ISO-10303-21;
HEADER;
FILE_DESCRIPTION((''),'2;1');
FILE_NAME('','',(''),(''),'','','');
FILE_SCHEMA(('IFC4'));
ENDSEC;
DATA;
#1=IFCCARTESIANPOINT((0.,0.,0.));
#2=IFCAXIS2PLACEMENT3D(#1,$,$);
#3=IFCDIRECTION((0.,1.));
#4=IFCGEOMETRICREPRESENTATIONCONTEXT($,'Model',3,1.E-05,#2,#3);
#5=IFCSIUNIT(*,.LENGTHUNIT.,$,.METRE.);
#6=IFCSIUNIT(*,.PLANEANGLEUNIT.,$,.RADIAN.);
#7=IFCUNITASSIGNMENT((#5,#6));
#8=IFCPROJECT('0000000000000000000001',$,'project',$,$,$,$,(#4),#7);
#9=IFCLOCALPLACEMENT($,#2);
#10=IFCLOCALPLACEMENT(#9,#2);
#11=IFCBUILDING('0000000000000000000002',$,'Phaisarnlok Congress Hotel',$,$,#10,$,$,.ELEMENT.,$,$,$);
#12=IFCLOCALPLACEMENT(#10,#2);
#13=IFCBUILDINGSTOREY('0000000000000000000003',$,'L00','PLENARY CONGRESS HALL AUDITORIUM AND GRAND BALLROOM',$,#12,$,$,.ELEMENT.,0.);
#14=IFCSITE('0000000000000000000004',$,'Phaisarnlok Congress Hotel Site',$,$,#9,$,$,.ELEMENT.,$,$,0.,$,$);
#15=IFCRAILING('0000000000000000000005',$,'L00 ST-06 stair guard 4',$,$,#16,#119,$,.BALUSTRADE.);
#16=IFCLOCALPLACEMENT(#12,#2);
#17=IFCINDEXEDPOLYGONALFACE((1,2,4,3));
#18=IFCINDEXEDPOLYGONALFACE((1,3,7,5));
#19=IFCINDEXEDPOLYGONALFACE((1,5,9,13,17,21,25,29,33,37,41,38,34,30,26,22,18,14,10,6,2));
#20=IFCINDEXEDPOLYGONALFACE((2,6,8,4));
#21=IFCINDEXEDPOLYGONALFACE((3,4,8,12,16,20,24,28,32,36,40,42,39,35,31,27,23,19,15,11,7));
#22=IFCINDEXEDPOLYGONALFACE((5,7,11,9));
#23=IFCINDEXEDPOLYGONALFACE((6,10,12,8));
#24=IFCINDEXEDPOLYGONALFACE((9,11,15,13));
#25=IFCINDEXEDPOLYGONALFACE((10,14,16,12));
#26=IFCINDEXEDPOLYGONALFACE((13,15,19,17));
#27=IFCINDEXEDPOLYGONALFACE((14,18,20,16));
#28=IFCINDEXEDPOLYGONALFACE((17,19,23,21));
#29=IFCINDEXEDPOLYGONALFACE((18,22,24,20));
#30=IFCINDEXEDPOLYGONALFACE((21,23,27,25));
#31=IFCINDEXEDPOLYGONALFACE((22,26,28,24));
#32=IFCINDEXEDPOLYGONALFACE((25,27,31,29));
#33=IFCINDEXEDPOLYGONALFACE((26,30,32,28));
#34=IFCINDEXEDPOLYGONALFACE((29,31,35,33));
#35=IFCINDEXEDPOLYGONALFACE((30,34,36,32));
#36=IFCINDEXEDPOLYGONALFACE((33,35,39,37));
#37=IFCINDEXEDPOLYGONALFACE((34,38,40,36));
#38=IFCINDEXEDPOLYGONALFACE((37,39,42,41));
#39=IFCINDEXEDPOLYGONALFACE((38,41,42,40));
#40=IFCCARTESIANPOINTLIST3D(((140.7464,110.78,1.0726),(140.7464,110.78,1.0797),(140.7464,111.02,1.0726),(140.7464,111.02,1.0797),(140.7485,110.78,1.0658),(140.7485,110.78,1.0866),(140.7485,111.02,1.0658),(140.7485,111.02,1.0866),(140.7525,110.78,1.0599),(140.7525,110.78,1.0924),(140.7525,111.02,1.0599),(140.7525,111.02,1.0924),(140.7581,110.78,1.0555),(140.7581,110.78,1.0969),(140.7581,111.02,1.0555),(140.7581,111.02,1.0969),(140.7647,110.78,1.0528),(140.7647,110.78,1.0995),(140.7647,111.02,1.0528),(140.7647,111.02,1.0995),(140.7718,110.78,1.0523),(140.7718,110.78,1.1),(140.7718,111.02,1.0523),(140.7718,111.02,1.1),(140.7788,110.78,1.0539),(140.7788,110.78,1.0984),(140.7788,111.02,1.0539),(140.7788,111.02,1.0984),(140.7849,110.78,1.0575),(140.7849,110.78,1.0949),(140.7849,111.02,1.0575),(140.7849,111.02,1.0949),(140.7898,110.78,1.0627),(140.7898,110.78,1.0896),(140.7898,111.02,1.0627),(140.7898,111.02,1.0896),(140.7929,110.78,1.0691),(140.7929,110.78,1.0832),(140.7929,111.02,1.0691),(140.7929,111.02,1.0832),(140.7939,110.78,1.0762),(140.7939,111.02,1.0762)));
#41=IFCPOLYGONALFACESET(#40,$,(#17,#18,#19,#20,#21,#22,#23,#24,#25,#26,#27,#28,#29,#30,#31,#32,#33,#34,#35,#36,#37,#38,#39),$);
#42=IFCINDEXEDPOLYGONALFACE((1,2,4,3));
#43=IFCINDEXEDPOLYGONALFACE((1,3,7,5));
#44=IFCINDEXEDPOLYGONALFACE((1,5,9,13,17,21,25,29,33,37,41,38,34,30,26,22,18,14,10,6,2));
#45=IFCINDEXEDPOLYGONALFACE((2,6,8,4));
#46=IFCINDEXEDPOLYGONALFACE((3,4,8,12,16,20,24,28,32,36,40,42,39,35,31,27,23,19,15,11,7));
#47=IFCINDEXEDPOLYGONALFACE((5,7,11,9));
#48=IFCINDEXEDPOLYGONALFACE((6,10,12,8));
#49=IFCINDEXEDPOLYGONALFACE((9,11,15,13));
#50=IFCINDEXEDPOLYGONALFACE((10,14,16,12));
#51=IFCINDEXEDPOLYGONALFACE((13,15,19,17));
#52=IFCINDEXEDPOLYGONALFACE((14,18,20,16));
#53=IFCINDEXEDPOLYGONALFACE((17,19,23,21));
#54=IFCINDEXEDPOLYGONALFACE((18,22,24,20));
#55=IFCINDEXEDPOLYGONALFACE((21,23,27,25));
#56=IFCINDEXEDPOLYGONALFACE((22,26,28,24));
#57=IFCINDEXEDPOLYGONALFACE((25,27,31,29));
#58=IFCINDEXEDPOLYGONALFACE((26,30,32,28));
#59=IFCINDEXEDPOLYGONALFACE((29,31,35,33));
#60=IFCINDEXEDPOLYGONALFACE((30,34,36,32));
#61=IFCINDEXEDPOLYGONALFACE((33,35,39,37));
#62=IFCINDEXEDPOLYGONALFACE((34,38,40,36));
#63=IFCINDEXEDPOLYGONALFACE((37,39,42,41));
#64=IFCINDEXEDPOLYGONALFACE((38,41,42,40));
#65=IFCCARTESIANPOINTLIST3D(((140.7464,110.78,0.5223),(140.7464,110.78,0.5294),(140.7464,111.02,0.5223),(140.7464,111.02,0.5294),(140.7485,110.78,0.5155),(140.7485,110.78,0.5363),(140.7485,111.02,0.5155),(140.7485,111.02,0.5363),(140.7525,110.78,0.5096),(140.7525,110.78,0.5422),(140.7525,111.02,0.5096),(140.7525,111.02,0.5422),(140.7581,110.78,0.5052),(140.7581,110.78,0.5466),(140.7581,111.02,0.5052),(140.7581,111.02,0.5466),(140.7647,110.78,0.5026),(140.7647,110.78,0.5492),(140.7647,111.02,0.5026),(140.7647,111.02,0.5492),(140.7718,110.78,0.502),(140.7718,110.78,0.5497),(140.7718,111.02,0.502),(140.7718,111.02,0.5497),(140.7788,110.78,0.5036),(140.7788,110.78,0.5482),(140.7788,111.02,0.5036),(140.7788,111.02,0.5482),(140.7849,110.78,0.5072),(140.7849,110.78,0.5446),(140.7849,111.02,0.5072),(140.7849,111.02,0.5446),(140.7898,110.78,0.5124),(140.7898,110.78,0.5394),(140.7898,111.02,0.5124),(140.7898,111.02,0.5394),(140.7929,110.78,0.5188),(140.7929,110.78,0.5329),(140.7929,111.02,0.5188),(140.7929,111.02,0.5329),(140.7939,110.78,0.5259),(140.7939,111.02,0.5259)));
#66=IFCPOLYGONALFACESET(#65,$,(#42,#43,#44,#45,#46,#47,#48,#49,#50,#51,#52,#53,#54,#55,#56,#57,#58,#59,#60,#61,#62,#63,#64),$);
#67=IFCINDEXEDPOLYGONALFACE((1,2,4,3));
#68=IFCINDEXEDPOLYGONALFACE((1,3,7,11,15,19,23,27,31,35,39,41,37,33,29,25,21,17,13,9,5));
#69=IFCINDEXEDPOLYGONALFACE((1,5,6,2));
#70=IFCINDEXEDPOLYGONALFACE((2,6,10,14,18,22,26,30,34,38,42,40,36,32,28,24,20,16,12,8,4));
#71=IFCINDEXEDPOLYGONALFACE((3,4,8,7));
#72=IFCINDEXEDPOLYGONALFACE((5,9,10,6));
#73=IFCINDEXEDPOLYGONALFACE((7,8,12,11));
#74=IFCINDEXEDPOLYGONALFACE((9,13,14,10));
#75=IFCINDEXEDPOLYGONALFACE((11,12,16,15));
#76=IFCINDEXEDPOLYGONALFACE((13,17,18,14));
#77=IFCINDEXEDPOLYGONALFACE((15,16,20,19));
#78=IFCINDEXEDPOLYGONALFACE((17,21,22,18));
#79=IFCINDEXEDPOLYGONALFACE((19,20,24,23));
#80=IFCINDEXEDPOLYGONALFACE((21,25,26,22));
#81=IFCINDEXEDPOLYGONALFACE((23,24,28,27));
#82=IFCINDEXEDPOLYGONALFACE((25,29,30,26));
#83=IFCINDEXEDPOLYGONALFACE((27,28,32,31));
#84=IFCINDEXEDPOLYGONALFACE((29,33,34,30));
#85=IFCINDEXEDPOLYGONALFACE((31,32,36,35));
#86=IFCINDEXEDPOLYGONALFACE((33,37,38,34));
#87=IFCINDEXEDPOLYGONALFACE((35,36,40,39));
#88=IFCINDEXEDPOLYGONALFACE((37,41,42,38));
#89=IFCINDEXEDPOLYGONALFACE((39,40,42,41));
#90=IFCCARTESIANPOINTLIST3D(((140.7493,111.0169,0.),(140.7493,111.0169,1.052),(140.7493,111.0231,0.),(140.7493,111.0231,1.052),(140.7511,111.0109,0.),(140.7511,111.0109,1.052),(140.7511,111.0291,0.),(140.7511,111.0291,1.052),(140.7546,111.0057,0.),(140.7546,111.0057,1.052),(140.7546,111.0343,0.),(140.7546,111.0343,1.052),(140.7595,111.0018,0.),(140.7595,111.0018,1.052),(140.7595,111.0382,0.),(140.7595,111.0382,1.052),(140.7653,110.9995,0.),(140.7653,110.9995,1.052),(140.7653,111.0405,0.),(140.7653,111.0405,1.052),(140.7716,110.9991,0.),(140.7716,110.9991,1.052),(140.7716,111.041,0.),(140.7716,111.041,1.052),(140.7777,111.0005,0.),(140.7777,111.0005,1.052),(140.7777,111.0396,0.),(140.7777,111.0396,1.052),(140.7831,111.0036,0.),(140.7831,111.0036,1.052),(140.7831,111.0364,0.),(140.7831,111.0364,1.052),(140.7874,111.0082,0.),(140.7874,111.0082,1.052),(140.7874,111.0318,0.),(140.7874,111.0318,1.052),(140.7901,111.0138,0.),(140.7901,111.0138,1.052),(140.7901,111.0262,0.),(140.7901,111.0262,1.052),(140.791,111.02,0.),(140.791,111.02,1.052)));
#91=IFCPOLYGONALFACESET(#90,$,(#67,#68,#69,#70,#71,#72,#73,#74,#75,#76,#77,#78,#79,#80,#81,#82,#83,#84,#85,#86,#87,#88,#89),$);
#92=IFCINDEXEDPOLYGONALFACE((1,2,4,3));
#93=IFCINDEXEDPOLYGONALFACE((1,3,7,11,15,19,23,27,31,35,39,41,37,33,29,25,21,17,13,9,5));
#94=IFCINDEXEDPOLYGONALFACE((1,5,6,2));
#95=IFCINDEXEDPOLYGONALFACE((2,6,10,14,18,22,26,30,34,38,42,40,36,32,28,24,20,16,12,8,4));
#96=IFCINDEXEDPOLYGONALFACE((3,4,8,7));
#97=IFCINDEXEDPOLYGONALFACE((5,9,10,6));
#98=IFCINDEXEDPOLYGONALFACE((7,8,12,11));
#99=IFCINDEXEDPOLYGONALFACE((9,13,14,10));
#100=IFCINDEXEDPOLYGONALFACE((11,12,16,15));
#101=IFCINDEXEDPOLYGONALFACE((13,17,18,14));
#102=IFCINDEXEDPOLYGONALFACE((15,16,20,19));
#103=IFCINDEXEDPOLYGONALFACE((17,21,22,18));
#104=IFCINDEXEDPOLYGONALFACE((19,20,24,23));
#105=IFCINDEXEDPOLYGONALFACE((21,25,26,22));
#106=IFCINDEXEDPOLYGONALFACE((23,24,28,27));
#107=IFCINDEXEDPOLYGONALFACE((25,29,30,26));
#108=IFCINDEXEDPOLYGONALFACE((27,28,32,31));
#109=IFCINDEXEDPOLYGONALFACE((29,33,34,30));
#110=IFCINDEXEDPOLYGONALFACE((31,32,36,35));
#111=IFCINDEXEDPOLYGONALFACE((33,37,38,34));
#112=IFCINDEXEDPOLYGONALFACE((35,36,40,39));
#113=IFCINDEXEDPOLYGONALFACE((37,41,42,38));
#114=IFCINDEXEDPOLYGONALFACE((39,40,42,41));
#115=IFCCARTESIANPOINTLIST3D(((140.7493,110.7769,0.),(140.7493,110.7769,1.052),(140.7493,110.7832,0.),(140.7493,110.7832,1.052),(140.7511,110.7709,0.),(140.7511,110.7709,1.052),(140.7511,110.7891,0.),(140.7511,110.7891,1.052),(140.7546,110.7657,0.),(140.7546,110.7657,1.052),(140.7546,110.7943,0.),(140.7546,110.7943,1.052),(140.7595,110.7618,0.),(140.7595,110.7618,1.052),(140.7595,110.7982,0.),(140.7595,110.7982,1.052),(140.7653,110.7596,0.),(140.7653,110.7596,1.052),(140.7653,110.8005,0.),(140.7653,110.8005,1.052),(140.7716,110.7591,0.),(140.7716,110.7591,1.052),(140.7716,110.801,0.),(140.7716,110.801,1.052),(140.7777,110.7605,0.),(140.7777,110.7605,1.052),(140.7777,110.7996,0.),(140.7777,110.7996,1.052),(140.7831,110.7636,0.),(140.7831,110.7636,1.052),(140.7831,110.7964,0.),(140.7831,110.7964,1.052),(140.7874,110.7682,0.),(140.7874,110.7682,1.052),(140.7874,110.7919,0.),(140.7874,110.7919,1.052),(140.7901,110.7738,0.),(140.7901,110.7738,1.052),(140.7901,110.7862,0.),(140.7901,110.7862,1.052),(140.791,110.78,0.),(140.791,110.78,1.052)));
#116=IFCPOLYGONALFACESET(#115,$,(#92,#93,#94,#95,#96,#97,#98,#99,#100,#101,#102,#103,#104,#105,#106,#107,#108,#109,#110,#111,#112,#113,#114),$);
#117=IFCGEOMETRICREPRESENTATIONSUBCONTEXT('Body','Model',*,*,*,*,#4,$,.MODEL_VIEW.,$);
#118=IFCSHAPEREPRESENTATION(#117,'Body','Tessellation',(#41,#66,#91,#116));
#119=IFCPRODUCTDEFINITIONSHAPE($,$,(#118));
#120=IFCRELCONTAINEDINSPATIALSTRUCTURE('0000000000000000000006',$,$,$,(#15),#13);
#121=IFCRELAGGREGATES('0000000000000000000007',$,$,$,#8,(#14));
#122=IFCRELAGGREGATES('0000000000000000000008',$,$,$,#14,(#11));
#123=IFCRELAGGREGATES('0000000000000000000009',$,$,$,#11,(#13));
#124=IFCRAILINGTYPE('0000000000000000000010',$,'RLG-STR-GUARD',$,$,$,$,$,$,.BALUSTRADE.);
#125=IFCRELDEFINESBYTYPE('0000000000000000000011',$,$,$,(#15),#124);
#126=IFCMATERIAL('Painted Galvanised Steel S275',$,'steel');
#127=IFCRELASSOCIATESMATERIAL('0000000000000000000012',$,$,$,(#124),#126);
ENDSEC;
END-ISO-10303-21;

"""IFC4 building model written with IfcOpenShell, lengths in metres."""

from ifc_helpers import new_model, si_unit, direction, frame, origin, origin_2d, place, context, subcontext, project, spatial, circle, extrude, material, type_object, element, save


model = new_model("IFC4")

# Units and contexts
model_context = context("Model", 3, precision=1e-05, world=origin(), true_north=direction((0.0, 1.0)))
body_context = subcontext(model_context, "Body", "Model", "MODEL_VIEW")
ifc_project = project(units=[si_unit("LENGTHUNIT", "METRE"), si_unit("PLANEANGLEUNIT", "RADIAN")], contexts=[model_context])

# Site, building, storey
site_placement = place(None, origin())
site = spatial("IfcSite", under=ifc_project, at=site_placement, Name="Phaisarnlok Congress Hotel Site", CompositionType="ELEMENT", RefElevation=0.0)
building_placement = place(site_placement, origin())
building = spatial("IfcBuilding", under=site, at=building_placement, Name="Phaisarnlok Congress Hotel", CompositionType="ELEMENT")
storey_placement = place(building_placement, origin())
storey = spatial("IfcBuildingStorey", under=building, at=storey_placement, Name="L00", Description="PLENARY CONGRESS HALL AUDITORIUM AND GRAND BALLROOM", CompositionType="ELEMENT", Elevation=0.0)

# Railing
ifc_material_1 = material(Name="Painted Galvanised Steel S275", Category="steel")
railing_type = type_object("IfcRailingType", Name="RLG-STR-GUARD", PredefinedType="BALUSTRADE", material=ifc_material_1)
railing_placement = place(storey_placement, frame((140.77, 111.02, 0.0)))
element("IfcRailing", 1, at=railing_placement, inside=storey, type_object=railing_type, Name="L00 ST-06 stair guard 4", PredefinedType="BALUSTRADE", context=body_context, shape_type="SweptSolid", body=[
    extrude(circle(Radius=0.0239, at=origin_2d()), frame((0.0, 0.0, 1.0762), z_axis=(0.0, -1.0, 0.0), x_axis=(1.0, 0.0, 0.0)), (0.0, 0.0, 1.0), 0.24),
    extrude(circle(Radius=0.0239, at=origin_2d()), frame((0.0, 0.0, 0.5259), z_axis=(0.0, -1.0, 0.0), x_axis=(1.0, 0.0, 0.0)), (0.0, 0.0, 1.0), 0.24),
    extrude(circle(Radius=0.021, at=origin_2d()), origin(), (0.0, 0.0, 1.0), 1.052),
    extrude(circle(Radius=0.021, at=origin_2d()), frame((0.0, -0.24, 0.0)), (0.0, 0.0, 1.0), 1.052),
])

save(model, "model.ifc")
